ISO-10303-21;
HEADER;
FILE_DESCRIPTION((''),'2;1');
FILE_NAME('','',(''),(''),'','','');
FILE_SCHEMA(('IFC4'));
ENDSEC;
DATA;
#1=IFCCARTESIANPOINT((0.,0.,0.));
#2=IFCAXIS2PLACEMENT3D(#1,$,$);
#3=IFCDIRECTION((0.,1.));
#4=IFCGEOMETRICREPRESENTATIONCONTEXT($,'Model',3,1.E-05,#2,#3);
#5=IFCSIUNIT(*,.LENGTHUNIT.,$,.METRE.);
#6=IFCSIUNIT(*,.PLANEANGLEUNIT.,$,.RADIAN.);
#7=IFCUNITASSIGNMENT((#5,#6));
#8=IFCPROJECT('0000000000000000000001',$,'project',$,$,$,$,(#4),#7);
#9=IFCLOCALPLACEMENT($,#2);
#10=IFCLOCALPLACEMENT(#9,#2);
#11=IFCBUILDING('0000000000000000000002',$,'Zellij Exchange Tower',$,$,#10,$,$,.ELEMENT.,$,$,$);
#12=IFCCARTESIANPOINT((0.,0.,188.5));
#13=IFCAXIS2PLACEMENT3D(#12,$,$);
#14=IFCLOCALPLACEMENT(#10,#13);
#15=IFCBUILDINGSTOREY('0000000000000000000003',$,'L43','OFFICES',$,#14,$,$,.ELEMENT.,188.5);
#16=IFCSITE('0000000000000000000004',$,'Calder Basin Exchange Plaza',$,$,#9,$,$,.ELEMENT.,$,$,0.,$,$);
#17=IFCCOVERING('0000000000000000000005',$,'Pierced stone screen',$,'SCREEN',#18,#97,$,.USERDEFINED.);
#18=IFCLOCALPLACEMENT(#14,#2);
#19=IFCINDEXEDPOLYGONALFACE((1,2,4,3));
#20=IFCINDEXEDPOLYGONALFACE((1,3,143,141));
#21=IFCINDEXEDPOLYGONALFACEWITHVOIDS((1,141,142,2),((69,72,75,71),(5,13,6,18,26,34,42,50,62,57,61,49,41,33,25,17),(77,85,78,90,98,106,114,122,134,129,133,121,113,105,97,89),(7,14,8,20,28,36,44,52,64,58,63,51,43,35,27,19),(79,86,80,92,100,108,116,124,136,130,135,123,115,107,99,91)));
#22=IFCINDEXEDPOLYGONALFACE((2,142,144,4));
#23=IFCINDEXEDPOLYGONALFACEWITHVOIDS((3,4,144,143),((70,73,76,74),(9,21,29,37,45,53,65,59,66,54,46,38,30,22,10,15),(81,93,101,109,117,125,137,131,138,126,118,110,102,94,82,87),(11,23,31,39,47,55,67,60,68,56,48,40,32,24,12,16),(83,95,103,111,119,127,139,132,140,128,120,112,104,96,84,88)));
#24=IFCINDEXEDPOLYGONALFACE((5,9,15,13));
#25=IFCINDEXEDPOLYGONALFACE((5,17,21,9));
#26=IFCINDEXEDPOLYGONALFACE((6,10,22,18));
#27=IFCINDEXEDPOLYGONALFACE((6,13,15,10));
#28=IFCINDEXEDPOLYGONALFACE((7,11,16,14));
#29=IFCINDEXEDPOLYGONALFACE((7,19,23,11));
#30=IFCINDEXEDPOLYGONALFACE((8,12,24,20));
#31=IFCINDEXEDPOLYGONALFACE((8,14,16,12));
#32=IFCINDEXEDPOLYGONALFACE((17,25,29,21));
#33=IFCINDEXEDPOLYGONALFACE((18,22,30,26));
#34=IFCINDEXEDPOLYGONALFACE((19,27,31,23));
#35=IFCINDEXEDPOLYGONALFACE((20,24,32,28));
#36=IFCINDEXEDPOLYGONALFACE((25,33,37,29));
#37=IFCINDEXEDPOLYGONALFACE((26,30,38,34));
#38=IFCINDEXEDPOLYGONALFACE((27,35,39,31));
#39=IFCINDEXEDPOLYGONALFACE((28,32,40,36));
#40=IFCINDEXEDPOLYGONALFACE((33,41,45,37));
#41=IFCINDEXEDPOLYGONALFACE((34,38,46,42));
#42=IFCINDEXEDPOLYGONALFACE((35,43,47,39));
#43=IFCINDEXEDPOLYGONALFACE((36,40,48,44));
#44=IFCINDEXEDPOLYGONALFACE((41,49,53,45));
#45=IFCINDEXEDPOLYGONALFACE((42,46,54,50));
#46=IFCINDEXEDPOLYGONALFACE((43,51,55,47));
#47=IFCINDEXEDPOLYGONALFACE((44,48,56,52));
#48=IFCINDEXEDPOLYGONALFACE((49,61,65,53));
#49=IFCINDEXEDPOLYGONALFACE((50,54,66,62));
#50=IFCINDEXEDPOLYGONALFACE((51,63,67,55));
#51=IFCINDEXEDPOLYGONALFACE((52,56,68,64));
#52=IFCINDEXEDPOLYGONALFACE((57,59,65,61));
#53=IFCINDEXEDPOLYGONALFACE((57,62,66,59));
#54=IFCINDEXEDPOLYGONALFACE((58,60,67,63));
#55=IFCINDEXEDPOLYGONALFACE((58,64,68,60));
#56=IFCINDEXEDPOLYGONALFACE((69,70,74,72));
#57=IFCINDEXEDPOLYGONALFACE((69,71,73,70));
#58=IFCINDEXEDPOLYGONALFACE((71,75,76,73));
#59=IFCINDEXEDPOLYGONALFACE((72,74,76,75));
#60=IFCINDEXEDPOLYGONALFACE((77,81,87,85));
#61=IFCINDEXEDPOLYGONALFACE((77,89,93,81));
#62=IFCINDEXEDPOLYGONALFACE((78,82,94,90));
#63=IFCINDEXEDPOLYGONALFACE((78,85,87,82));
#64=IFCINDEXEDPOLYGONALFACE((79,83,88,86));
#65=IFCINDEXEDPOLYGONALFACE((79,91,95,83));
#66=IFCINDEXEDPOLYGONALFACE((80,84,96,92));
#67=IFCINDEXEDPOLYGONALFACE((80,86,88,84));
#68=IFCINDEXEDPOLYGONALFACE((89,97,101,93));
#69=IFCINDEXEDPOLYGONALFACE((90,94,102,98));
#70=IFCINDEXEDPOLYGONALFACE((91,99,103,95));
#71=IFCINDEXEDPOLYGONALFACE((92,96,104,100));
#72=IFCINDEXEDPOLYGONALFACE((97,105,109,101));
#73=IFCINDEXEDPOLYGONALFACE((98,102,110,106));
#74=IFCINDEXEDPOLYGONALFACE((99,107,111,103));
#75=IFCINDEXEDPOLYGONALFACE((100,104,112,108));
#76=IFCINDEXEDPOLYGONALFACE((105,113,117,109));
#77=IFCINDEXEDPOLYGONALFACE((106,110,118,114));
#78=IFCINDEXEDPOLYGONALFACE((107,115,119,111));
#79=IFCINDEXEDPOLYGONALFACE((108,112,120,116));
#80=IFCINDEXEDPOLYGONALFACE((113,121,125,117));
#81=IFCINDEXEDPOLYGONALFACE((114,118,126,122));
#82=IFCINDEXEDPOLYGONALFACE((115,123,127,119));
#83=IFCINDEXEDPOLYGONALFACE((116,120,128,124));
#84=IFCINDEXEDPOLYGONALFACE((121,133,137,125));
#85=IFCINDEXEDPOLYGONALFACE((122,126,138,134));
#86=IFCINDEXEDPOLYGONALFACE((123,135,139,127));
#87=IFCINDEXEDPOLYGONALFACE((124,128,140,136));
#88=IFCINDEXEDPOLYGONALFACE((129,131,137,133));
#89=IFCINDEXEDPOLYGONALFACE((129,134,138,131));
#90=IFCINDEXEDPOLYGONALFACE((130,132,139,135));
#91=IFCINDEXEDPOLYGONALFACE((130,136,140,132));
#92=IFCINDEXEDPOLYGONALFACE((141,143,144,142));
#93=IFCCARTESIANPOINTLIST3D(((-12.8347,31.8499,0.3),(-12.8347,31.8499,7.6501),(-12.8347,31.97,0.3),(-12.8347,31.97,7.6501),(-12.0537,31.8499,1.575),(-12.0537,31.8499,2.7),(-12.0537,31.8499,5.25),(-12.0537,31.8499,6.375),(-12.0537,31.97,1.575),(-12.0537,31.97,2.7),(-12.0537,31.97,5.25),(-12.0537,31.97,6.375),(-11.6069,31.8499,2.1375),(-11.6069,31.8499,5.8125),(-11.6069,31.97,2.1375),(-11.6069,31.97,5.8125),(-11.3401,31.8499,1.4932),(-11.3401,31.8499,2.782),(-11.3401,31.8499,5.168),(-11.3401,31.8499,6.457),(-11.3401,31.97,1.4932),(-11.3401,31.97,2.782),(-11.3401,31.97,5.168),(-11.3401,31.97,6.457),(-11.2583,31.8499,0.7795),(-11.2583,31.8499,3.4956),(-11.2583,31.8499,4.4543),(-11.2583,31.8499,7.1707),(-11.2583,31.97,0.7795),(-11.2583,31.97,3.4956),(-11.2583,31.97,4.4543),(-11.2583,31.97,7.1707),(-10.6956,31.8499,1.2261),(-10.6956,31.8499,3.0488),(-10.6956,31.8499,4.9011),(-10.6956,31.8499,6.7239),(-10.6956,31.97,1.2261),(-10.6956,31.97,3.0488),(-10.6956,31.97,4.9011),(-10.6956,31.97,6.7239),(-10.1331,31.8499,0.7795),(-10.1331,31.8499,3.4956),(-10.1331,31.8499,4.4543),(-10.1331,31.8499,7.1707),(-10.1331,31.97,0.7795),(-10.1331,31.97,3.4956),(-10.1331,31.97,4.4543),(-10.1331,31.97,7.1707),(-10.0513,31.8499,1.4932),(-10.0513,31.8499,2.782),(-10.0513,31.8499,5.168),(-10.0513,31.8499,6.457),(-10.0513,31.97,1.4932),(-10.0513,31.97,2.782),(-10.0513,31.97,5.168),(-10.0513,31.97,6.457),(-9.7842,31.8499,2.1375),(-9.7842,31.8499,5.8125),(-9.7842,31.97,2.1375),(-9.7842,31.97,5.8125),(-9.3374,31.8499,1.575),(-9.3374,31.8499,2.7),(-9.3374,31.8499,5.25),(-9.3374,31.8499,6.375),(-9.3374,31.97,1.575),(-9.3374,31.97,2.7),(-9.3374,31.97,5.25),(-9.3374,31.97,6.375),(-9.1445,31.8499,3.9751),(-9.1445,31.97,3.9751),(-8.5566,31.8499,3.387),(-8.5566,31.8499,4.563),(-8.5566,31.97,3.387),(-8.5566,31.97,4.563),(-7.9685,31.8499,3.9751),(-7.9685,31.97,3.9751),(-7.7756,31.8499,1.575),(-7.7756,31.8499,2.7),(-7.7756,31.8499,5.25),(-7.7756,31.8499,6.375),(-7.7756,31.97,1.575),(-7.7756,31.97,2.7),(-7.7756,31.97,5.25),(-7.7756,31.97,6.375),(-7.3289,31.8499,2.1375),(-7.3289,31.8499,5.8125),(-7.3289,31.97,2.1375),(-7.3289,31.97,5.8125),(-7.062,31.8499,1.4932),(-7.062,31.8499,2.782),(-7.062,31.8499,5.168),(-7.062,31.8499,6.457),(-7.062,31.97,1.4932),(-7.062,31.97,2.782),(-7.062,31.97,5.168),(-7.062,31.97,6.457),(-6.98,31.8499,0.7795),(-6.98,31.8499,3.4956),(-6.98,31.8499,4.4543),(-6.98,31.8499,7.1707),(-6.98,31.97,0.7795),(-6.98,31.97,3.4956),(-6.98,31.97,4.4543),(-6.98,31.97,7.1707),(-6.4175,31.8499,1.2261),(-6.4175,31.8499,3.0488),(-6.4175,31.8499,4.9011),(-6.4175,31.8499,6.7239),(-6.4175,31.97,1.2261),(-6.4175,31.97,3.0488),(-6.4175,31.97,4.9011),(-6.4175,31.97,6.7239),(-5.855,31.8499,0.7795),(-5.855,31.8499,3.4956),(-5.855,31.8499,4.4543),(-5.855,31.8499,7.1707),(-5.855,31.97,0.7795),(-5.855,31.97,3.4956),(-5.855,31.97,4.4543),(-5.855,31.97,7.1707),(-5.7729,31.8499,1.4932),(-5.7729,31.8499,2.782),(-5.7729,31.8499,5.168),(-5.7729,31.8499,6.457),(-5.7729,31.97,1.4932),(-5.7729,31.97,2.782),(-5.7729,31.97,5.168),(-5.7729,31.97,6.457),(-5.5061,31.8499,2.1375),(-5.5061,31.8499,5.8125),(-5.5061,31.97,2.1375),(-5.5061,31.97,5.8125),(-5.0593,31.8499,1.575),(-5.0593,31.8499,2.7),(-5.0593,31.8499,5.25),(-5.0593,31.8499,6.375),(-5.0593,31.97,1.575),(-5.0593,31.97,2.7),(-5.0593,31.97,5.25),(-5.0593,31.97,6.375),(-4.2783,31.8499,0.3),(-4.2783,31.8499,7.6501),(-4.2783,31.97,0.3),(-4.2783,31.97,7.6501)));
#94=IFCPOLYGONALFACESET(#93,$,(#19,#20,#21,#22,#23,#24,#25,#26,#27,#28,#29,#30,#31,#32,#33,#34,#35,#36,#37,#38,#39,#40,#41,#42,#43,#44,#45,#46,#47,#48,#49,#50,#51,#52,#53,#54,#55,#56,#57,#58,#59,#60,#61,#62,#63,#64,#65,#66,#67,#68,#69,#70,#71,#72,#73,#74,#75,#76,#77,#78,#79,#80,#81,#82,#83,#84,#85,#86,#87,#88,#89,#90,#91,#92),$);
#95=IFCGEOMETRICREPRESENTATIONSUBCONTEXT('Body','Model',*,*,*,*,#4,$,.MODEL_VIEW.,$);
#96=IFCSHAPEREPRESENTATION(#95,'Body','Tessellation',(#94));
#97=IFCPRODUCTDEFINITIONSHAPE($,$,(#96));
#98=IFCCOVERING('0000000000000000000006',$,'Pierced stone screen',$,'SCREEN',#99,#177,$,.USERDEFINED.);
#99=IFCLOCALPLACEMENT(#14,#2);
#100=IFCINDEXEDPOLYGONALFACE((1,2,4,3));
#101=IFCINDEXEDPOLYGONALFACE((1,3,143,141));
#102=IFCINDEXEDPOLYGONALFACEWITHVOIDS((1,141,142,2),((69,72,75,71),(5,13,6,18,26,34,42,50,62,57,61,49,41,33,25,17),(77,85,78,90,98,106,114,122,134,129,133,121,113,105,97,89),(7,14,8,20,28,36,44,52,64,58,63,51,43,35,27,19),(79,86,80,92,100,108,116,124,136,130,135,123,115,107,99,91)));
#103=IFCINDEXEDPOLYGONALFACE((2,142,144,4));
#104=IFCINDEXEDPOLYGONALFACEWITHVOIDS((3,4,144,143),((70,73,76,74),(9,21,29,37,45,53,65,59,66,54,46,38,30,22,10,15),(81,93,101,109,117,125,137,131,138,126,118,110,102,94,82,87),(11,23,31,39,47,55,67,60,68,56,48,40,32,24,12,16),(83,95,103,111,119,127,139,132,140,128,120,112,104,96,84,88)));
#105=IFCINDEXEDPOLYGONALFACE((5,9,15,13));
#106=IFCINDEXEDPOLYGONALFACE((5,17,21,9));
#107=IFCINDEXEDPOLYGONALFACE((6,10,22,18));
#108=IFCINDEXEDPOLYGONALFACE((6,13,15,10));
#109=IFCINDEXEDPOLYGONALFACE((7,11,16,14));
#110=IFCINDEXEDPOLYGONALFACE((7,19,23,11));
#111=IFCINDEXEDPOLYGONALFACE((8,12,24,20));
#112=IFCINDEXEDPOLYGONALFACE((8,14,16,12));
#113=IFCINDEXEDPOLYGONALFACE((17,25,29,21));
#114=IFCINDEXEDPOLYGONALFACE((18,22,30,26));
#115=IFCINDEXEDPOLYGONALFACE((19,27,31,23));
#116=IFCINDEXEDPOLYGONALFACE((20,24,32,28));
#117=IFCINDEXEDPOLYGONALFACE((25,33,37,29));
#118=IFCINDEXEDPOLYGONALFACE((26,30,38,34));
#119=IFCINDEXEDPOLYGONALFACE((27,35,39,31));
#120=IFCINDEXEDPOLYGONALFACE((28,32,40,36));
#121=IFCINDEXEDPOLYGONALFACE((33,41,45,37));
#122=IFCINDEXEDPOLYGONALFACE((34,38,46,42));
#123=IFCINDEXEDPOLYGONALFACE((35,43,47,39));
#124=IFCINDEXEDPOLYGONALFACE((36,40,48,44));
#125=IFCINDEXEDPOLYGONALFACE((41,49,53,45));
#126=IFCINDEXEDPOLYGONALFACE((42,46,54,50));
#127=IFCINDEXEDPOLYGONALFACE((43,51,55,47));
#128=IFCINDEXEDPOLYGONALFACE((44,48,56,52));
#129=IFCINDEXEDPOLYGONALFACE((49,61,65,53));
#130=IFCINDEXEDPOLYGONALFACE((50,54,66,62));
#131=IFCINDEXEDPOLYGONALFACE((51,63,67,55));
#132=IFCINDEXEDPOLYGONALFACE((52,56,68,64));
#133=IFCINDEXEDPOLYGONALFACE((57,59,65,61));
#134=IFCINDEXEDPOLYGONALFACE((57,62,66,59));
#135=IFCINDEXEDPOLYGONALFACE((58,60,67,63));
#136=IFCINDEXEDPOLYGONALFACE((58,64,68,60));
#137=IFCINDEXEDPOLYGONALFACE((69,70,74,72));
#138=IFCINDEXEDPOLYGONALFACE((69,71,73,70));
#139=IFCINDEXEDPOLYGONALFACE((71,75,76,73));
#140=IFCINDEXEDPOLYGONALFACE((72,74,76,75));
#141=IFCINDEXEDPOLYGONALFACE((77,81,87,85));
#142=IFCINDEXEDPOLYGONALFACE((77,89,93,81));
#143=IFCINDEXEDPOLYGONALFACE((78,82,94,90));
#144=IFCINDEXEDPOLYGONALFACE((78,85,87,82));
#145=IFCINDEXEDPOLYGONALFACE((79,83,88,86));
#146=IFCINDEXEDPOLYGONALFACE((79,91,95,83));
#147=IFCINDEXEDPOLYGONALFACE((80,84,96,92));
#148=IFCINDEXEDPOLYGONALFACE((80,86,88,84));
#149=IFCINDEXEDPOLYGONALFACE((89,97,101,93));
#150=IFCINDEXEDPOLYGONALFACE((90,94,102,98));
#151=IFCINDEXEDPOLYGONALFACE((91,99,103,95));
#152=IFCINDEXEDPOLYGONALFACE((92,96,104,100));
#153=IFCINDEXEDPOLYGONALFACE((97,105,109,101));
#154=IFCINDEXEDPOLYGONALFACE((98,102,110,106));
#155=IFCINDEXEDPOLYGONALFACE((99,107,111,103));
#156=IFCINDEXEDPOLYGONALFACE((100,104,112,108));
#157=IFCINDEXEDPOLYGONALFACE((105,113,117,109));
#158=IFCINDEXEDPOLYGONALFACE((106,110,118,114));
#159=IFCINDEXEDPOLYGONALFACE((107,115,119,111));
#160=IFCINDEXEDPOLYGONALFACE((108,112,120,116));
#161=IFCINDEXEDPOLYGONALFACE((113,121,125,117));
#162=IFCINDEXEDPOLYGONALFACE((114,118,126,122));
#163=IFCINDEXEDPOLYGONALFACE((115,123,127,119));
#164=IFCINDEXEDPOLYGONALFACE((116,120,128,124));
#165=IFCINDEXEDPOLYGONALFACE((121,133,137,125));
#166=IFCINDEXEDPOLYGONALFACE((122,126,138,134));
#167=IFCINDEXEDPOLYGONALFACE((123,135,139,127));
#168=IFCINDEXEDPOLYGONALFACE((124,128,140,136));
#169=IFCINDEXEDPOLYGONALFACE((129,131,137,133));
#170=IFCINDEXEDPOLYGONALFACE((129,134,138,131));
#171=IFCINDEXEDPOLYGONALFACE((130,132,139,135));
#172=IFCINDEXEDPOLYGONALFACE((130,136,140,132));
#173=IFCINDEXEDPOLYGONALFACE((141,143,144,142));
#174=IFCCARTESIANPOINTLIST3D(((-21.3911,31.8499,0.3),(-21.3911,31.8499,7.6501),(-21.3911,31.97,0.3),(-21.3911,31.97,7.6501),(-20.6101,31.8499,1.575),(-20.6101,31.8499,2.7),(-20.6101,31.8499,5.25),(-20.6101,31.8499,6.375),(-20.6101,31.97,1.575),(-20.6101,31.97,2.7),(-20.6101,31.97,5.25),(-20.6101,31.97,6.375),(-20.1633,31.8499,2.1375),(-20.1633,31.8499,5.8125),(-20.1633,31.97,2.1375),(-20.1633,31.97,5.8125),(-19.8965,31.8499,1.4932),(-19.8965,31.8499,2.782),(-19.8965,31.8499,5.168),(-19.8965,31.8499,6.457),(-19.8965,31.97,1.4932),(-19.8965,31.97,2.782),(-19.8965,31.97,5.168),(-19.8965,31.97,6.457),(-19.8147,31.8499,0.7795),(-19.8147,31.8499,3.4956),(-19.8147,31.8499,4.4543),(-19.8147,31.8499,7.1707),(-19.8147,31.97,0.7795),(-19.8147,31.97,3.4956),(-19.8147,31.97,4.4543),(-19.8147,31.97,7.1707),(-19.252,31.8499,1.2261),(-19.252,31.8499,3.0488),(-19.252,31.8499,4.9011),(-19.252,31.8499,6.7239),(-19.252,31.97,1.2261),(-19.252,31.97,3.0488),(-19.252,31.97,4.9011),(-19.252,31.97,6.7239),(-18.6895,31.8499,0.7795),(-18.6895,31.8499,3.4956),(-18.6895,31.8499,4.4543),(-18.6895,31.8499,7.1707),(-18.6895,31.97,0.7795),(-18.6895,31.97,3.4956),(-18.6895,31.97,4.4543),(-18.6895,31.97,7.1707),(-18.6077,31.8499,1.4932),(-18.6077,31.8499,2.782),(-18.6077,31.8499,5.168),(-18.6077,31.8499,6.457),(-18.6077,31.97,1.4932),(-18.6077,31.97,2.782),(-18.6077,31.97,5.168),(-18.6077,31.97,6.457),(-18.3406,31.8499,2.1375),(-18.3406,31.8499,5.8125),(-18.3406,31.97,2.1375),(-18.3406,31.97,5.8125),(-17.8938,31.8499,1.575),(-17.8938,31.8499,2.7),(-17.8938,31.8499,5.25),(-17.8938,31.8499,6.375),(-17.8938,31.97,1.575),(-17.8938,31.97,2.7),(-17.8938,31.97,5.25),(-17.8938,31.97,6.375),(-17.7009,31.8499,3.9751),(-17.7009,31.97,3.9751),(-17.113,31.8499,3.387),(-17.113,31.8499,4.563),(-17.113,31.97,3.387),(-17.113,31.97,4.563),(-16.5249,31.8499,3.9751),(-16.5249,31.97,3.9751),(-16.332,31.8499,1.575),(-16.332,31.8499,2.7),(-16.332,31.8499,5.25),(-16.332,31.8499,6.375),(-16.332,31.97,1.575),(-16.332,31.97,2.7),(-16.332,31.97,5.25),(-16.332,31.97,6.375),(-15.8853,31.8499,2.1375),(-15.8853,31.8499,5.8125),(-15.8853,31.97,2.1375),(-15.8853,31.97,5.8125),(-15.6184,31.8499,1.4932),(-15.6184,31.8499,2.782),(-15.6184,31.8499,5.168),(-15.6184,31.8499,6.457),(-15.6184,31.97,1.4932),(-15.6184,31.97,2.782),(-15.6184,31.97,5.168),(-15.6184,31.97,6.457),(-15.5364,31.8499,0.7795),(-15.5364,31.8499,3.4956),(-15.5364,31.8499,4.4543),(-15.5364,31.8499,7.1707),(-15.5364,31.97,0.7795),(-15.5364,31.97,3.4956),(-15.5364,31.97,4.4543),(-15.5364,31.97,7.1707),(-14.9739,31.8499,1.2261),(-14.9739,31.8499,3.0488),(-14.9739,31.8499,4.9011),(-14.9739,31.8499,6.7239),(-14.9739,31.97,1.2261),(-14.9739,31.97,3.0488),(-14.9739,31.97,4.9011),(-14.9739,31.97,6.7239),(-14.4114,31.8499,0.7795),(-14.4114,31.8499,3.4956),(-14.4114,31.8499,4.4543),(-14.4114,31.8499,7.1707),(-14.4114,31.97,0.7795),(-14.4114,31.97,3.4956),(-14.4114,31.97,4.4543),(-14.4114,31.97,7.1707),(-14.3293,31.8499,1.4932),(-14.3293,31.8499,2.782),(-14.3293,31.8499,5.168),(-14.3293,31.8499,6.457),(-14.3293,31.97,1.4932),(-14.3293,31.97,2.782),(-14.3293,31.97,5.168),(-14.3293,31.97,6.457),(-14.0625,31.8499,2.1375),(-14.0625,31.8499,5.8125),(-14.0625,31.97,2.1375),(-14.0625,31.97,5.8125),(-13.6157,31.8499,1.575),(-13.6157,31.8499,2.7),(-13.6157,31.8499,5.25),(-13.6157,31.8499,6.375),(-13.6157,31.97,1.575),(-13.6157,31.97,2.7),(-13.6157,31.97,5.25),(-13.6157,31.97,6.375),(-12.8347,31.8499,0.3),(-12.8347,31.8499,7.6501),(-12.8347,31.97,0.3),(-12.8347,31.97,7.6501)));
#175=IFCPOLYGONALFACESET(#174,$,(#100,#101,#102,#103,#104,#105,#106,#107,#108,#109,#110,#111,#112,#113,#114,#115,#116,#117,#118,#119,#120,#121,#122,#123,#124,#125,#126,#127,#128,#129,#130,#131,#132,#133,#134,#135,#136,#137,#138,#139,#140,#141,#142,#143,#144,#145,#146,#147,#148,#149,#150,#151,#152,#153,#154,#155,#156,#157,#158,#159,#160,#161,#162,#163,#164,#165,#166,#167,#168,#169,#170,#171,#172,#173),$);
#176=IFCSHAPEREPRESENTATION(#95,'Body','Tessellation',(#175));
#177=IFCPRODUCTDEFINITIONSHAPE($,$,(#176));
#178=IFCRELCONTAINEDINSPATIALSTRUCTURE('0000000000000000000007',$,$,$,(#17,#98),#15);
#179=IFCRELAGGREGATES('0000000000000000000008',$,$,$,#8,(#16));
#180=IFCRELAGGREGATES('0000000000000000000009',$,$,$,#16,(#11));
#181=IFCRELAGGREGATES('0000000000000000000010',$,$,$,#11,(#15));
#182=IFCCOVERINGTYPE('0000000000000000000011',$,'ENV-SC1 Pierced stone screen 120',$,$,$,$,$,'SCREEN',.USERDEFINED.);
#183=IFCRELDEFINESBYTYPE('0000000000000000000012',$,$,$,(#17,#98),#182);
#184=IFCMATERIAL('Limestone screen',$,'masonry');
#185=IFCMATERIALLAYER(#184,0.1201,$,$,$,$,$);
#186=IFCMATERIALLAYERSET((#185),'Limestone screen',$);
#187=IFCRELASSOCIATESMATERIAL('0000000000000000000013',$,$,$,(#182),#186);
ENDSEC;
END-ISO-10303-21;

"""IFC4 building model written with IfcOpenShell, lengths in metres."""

from ifc_helpers import new_model, si_unit, direction, frame, origin, place, context, subcontext, project, spatial, polyline, outline, extrude, material, layer, layer_set, type_object, element, save


model = new_model("IFC4")

# Units and contexts
model_context = context("Model", 3, precision=1e-05, world=origin(), true_north=direction((0.0, 1.0)))
body_context = subcontext(model_context, "Body", "Model", "MODEL_VIEW")
ifc_project = project(units=[si_unit("LENGTHUNIT", "METRE"), si_unit("PLANEANGLEUNIT", "RADIAN")], contexts=[model_context])

# Site, building, storey
site_placement = place(None, origin())
site = spatial("IfcSite", under=ifc_project, at=site_placement, Name="Calder Basin Exchange Plaza", CompositionType="ELEMENT", RefElevation=0.0)
building_placement = place(site_placement, origin())
building = spatial("IfcBuilding", under=site, at=building_placement, Name="Zellij Exchange Tower", CompositionType="ELEMENT")
storey_placement = place(building_placement, frame((0.0, 0.0, 188.5)))
storey = spatial("IfcBuildingStorey", under=building, at=storey_placement, Name="L43", Description="OFFICES", CompositionType="ELEMENT", Elevation=188.5)

# Coverings
ifc_material_1 = material(Name="Limestone screen", Category="masonry")
ifc_layer_1 = layer(ifc_material_1, 0.1201)
ifc_layer_set_1 = layer_set([ifc_layer_1], Name="Limestone screen")
covering_type = type_object("IfcCoveringType", Name="ENV-SC1 Pierced stone screen 120", ElementType="SCREEN", PredefinedType="USERDEFINED", material=ifc_layer_set_1)
covering_1_placement = place(storey_placement, frame((-4.2783, 31.9099, 0.3), z_axis=(0.0, 0.0, 1.0), x_axis=(-1.0, 0.0, 0.0)))
element("IfcCovering", 1, at=covering_1_placement, inside=storey, type_object=covering_type, Name="Pierced stone screen", ObjectType="SCREEN", PredefinedType="USERDEFINED", context=body_context, shape_type="SweptSolid", body=[
    extrude(outline(polyline([(0.0, 0.0), (8.5564, 0.0), (8.5564, 7.3501), (0.0, 7.3501), (0.0, 0.0)]), holes=[polyline([(3.4973, 2.3999), (2.7837, 2.4819), (2.7017, 3.1956), (2.1392, 2.7488), (1.5767, 3.1956), (1.4946, 2.4819), (0.781, 2.3999), (1.2278, 1.8374), (0.781, 1.2749), (1.4946, 1.1931), (1.5767, 0.4795), (2.1392, 0.926), (2.7017, 0.4795), (2.7837, 1.1931), (3.4973, 1.2749), (3.0505, 1.8374), (3.4973, 2.3999)]), polyline([(3.4973, 6.075), (2.7837, 6.157), (2.7017, 6.8706), (2.1392, 6.4238), (1.5767, 6.8706), (1.4946, 6.157), (0.781, 6.075), (1.2278, 5.5125), (0.781, 4.95), (1.4946, 4.8679), (1.5767, 4.1543), (2.1392, 4.6011), (2.7017, 4.1543), (2.7837, 4.8679), (3.4973, 4.95), (3.0505, 5.5125), (3.4973, 6.075)]), polyline([(7.7754, 2.3999), (7.0618, 2.4819), (6.98, 3.1956), (6.4172, 2.7488), (5.8547, 3.1956), (5.7729, 2.4819), (5.0591, 2.3999), (5.5059, 1.8374), (5.0591, 1.2749), (5.7729, 1.1931), (5.8547, 0.4795), (6.4172, 0.926), (6.98, 0.4795), (7.0618, 1.1931), (7.7754, 1.2749), (7.3286, 1.8374), (7.7754, 2.3999)]), polyline([(7.7754, 6.075), (7.0618, 6.157), (6.98, 6.8706), (6.4172, 6.4238), (5.8547, 6.8706), (5.7729, 6.157), (5.0591, 6.075), (5.5059, 5.5125), (5.0591, 4.95), (5.7729, 4.8679), (5.8547, 4.1543), (6.4172, 4.6011), (6.98, 4.1543), (7.0618, 4.8679), (7.7754, 4.95), (7.3286, 5.5125), (7.7754, 6.075)]), polyline([(4.8662, 3.675), (4.2783, 4.2629), (3.6902, 3.675), (4.2783, 3.0869), (4.8662, 3.675)])]), frame((0.0, 0.0601, 0.0), z_axis=(0.0, -1.0, 0.0), x_axis=(1.0, 0.0, 0.0)), (0.0, 0.0, 1.0), 0.1201),
])
covering_2_placement = place(storey_placement, frame((-12.8347, 31.9099, 0.3), z_axis=(0.0, 0.0, 1.0), x_axis=(-1.0, 0.0, 0.0)))
element("IfcCovering", 2, at=covering_2_placement, inside=storey, type_object=covering_type, Name="Pierced stone screen", ObjectType="SCREEN", PredefinedType="USERDEFINED", context=body_context, shape_type="SweptSolid", body=[
    extrude(outline(polyline([(0.0, 0.0), (8.5564, 0.0), (8.5564, 7.3501), (0.0, 7.3501), (0.0, 0.0)]), holes=[polyline([(3.4973, 2.3999), (2.7837, 2.4819), (2.7017, 3.1956), (2.1392, 2.7488), (1.5767, 3.1956), (1.4946, 2.4819), (0.781, 2.3999), (1.2278, 1.8374), (0.781, 1.2749), (1.4946, 1.1931), (1.5767, 0.4795), (2.1392, 0.926), (2.7017, 0.4795), (2.7837, 1.1931), (3.4973, 1.2749), (3.0505, 1.8374), (3.4973, 2.3999)]), polyline([(3.4973, 6.075), (2.7837, 6.157), (2.7017, 6.8706), (2.1392, 6.4238), (1.5767, 6.8706), (1.4946, 6.157), (0.781, 6.075), (1.2278, 5.5125), (0.781, 4.95), (1.4946, 4.8679), (1.5767, 4.1543), (2.1392, 4.6011), (2.7017, 4.1543), (2.7837, 4.8679), (3.4973, 4.95), (3.0505, 5.5125), (3.4973, 6.075)]), polyline([(7.7754, 2.3999), (7.0618, 2.4819), (6.98, 3.1956), (6.4172, 2.7488), (5.8547, 3.1956), (5.7729, 2.4819), (5.0591, 2.3999), (5.5059, 1.8374), (5.0591, 1.2749), (5.7729, 1.1931), (5.8547, 0.4795), (6.4172, 0.926), (6.98, 0.4795), (7.0618, 1.1931), (7.7754, 1.2749), (7.3286, 1.8374), (7.7754, 2.3999)]), polyline([(7.7754, 6.075), (7.0618, 6.157), (6.98, 6.8706), (6.4172, 6.4238), (5.8547, 6.8706), (5.7729, 6.157), (5.0591, 6.075), (5.5059, 5.5125), (5.0591, 4.95), (5.7729, 4.8679), (5.8547, 4.1543), (6.4172, 4.6011), (6.98, 4.1543), (7.0618, 4.8679), (7.7754, 4.95), (7.3286, 5.5125), (7.7754, 6.075)]), polyline([(4.8662, 3.675), (4.2783, 4.2629), (3.6902, 3.675), (4.2783, 3.0869), (4.8662, 3.675)])]), frame((0.0, 0.0601, 0.0), z_axis=(0.0, -1.0, 0.0), x_axis=(1.0, 0.0, 0.0)), (0.0, 0.0, 1.0), 0.1201),
])

save(model, "model.ifc")
